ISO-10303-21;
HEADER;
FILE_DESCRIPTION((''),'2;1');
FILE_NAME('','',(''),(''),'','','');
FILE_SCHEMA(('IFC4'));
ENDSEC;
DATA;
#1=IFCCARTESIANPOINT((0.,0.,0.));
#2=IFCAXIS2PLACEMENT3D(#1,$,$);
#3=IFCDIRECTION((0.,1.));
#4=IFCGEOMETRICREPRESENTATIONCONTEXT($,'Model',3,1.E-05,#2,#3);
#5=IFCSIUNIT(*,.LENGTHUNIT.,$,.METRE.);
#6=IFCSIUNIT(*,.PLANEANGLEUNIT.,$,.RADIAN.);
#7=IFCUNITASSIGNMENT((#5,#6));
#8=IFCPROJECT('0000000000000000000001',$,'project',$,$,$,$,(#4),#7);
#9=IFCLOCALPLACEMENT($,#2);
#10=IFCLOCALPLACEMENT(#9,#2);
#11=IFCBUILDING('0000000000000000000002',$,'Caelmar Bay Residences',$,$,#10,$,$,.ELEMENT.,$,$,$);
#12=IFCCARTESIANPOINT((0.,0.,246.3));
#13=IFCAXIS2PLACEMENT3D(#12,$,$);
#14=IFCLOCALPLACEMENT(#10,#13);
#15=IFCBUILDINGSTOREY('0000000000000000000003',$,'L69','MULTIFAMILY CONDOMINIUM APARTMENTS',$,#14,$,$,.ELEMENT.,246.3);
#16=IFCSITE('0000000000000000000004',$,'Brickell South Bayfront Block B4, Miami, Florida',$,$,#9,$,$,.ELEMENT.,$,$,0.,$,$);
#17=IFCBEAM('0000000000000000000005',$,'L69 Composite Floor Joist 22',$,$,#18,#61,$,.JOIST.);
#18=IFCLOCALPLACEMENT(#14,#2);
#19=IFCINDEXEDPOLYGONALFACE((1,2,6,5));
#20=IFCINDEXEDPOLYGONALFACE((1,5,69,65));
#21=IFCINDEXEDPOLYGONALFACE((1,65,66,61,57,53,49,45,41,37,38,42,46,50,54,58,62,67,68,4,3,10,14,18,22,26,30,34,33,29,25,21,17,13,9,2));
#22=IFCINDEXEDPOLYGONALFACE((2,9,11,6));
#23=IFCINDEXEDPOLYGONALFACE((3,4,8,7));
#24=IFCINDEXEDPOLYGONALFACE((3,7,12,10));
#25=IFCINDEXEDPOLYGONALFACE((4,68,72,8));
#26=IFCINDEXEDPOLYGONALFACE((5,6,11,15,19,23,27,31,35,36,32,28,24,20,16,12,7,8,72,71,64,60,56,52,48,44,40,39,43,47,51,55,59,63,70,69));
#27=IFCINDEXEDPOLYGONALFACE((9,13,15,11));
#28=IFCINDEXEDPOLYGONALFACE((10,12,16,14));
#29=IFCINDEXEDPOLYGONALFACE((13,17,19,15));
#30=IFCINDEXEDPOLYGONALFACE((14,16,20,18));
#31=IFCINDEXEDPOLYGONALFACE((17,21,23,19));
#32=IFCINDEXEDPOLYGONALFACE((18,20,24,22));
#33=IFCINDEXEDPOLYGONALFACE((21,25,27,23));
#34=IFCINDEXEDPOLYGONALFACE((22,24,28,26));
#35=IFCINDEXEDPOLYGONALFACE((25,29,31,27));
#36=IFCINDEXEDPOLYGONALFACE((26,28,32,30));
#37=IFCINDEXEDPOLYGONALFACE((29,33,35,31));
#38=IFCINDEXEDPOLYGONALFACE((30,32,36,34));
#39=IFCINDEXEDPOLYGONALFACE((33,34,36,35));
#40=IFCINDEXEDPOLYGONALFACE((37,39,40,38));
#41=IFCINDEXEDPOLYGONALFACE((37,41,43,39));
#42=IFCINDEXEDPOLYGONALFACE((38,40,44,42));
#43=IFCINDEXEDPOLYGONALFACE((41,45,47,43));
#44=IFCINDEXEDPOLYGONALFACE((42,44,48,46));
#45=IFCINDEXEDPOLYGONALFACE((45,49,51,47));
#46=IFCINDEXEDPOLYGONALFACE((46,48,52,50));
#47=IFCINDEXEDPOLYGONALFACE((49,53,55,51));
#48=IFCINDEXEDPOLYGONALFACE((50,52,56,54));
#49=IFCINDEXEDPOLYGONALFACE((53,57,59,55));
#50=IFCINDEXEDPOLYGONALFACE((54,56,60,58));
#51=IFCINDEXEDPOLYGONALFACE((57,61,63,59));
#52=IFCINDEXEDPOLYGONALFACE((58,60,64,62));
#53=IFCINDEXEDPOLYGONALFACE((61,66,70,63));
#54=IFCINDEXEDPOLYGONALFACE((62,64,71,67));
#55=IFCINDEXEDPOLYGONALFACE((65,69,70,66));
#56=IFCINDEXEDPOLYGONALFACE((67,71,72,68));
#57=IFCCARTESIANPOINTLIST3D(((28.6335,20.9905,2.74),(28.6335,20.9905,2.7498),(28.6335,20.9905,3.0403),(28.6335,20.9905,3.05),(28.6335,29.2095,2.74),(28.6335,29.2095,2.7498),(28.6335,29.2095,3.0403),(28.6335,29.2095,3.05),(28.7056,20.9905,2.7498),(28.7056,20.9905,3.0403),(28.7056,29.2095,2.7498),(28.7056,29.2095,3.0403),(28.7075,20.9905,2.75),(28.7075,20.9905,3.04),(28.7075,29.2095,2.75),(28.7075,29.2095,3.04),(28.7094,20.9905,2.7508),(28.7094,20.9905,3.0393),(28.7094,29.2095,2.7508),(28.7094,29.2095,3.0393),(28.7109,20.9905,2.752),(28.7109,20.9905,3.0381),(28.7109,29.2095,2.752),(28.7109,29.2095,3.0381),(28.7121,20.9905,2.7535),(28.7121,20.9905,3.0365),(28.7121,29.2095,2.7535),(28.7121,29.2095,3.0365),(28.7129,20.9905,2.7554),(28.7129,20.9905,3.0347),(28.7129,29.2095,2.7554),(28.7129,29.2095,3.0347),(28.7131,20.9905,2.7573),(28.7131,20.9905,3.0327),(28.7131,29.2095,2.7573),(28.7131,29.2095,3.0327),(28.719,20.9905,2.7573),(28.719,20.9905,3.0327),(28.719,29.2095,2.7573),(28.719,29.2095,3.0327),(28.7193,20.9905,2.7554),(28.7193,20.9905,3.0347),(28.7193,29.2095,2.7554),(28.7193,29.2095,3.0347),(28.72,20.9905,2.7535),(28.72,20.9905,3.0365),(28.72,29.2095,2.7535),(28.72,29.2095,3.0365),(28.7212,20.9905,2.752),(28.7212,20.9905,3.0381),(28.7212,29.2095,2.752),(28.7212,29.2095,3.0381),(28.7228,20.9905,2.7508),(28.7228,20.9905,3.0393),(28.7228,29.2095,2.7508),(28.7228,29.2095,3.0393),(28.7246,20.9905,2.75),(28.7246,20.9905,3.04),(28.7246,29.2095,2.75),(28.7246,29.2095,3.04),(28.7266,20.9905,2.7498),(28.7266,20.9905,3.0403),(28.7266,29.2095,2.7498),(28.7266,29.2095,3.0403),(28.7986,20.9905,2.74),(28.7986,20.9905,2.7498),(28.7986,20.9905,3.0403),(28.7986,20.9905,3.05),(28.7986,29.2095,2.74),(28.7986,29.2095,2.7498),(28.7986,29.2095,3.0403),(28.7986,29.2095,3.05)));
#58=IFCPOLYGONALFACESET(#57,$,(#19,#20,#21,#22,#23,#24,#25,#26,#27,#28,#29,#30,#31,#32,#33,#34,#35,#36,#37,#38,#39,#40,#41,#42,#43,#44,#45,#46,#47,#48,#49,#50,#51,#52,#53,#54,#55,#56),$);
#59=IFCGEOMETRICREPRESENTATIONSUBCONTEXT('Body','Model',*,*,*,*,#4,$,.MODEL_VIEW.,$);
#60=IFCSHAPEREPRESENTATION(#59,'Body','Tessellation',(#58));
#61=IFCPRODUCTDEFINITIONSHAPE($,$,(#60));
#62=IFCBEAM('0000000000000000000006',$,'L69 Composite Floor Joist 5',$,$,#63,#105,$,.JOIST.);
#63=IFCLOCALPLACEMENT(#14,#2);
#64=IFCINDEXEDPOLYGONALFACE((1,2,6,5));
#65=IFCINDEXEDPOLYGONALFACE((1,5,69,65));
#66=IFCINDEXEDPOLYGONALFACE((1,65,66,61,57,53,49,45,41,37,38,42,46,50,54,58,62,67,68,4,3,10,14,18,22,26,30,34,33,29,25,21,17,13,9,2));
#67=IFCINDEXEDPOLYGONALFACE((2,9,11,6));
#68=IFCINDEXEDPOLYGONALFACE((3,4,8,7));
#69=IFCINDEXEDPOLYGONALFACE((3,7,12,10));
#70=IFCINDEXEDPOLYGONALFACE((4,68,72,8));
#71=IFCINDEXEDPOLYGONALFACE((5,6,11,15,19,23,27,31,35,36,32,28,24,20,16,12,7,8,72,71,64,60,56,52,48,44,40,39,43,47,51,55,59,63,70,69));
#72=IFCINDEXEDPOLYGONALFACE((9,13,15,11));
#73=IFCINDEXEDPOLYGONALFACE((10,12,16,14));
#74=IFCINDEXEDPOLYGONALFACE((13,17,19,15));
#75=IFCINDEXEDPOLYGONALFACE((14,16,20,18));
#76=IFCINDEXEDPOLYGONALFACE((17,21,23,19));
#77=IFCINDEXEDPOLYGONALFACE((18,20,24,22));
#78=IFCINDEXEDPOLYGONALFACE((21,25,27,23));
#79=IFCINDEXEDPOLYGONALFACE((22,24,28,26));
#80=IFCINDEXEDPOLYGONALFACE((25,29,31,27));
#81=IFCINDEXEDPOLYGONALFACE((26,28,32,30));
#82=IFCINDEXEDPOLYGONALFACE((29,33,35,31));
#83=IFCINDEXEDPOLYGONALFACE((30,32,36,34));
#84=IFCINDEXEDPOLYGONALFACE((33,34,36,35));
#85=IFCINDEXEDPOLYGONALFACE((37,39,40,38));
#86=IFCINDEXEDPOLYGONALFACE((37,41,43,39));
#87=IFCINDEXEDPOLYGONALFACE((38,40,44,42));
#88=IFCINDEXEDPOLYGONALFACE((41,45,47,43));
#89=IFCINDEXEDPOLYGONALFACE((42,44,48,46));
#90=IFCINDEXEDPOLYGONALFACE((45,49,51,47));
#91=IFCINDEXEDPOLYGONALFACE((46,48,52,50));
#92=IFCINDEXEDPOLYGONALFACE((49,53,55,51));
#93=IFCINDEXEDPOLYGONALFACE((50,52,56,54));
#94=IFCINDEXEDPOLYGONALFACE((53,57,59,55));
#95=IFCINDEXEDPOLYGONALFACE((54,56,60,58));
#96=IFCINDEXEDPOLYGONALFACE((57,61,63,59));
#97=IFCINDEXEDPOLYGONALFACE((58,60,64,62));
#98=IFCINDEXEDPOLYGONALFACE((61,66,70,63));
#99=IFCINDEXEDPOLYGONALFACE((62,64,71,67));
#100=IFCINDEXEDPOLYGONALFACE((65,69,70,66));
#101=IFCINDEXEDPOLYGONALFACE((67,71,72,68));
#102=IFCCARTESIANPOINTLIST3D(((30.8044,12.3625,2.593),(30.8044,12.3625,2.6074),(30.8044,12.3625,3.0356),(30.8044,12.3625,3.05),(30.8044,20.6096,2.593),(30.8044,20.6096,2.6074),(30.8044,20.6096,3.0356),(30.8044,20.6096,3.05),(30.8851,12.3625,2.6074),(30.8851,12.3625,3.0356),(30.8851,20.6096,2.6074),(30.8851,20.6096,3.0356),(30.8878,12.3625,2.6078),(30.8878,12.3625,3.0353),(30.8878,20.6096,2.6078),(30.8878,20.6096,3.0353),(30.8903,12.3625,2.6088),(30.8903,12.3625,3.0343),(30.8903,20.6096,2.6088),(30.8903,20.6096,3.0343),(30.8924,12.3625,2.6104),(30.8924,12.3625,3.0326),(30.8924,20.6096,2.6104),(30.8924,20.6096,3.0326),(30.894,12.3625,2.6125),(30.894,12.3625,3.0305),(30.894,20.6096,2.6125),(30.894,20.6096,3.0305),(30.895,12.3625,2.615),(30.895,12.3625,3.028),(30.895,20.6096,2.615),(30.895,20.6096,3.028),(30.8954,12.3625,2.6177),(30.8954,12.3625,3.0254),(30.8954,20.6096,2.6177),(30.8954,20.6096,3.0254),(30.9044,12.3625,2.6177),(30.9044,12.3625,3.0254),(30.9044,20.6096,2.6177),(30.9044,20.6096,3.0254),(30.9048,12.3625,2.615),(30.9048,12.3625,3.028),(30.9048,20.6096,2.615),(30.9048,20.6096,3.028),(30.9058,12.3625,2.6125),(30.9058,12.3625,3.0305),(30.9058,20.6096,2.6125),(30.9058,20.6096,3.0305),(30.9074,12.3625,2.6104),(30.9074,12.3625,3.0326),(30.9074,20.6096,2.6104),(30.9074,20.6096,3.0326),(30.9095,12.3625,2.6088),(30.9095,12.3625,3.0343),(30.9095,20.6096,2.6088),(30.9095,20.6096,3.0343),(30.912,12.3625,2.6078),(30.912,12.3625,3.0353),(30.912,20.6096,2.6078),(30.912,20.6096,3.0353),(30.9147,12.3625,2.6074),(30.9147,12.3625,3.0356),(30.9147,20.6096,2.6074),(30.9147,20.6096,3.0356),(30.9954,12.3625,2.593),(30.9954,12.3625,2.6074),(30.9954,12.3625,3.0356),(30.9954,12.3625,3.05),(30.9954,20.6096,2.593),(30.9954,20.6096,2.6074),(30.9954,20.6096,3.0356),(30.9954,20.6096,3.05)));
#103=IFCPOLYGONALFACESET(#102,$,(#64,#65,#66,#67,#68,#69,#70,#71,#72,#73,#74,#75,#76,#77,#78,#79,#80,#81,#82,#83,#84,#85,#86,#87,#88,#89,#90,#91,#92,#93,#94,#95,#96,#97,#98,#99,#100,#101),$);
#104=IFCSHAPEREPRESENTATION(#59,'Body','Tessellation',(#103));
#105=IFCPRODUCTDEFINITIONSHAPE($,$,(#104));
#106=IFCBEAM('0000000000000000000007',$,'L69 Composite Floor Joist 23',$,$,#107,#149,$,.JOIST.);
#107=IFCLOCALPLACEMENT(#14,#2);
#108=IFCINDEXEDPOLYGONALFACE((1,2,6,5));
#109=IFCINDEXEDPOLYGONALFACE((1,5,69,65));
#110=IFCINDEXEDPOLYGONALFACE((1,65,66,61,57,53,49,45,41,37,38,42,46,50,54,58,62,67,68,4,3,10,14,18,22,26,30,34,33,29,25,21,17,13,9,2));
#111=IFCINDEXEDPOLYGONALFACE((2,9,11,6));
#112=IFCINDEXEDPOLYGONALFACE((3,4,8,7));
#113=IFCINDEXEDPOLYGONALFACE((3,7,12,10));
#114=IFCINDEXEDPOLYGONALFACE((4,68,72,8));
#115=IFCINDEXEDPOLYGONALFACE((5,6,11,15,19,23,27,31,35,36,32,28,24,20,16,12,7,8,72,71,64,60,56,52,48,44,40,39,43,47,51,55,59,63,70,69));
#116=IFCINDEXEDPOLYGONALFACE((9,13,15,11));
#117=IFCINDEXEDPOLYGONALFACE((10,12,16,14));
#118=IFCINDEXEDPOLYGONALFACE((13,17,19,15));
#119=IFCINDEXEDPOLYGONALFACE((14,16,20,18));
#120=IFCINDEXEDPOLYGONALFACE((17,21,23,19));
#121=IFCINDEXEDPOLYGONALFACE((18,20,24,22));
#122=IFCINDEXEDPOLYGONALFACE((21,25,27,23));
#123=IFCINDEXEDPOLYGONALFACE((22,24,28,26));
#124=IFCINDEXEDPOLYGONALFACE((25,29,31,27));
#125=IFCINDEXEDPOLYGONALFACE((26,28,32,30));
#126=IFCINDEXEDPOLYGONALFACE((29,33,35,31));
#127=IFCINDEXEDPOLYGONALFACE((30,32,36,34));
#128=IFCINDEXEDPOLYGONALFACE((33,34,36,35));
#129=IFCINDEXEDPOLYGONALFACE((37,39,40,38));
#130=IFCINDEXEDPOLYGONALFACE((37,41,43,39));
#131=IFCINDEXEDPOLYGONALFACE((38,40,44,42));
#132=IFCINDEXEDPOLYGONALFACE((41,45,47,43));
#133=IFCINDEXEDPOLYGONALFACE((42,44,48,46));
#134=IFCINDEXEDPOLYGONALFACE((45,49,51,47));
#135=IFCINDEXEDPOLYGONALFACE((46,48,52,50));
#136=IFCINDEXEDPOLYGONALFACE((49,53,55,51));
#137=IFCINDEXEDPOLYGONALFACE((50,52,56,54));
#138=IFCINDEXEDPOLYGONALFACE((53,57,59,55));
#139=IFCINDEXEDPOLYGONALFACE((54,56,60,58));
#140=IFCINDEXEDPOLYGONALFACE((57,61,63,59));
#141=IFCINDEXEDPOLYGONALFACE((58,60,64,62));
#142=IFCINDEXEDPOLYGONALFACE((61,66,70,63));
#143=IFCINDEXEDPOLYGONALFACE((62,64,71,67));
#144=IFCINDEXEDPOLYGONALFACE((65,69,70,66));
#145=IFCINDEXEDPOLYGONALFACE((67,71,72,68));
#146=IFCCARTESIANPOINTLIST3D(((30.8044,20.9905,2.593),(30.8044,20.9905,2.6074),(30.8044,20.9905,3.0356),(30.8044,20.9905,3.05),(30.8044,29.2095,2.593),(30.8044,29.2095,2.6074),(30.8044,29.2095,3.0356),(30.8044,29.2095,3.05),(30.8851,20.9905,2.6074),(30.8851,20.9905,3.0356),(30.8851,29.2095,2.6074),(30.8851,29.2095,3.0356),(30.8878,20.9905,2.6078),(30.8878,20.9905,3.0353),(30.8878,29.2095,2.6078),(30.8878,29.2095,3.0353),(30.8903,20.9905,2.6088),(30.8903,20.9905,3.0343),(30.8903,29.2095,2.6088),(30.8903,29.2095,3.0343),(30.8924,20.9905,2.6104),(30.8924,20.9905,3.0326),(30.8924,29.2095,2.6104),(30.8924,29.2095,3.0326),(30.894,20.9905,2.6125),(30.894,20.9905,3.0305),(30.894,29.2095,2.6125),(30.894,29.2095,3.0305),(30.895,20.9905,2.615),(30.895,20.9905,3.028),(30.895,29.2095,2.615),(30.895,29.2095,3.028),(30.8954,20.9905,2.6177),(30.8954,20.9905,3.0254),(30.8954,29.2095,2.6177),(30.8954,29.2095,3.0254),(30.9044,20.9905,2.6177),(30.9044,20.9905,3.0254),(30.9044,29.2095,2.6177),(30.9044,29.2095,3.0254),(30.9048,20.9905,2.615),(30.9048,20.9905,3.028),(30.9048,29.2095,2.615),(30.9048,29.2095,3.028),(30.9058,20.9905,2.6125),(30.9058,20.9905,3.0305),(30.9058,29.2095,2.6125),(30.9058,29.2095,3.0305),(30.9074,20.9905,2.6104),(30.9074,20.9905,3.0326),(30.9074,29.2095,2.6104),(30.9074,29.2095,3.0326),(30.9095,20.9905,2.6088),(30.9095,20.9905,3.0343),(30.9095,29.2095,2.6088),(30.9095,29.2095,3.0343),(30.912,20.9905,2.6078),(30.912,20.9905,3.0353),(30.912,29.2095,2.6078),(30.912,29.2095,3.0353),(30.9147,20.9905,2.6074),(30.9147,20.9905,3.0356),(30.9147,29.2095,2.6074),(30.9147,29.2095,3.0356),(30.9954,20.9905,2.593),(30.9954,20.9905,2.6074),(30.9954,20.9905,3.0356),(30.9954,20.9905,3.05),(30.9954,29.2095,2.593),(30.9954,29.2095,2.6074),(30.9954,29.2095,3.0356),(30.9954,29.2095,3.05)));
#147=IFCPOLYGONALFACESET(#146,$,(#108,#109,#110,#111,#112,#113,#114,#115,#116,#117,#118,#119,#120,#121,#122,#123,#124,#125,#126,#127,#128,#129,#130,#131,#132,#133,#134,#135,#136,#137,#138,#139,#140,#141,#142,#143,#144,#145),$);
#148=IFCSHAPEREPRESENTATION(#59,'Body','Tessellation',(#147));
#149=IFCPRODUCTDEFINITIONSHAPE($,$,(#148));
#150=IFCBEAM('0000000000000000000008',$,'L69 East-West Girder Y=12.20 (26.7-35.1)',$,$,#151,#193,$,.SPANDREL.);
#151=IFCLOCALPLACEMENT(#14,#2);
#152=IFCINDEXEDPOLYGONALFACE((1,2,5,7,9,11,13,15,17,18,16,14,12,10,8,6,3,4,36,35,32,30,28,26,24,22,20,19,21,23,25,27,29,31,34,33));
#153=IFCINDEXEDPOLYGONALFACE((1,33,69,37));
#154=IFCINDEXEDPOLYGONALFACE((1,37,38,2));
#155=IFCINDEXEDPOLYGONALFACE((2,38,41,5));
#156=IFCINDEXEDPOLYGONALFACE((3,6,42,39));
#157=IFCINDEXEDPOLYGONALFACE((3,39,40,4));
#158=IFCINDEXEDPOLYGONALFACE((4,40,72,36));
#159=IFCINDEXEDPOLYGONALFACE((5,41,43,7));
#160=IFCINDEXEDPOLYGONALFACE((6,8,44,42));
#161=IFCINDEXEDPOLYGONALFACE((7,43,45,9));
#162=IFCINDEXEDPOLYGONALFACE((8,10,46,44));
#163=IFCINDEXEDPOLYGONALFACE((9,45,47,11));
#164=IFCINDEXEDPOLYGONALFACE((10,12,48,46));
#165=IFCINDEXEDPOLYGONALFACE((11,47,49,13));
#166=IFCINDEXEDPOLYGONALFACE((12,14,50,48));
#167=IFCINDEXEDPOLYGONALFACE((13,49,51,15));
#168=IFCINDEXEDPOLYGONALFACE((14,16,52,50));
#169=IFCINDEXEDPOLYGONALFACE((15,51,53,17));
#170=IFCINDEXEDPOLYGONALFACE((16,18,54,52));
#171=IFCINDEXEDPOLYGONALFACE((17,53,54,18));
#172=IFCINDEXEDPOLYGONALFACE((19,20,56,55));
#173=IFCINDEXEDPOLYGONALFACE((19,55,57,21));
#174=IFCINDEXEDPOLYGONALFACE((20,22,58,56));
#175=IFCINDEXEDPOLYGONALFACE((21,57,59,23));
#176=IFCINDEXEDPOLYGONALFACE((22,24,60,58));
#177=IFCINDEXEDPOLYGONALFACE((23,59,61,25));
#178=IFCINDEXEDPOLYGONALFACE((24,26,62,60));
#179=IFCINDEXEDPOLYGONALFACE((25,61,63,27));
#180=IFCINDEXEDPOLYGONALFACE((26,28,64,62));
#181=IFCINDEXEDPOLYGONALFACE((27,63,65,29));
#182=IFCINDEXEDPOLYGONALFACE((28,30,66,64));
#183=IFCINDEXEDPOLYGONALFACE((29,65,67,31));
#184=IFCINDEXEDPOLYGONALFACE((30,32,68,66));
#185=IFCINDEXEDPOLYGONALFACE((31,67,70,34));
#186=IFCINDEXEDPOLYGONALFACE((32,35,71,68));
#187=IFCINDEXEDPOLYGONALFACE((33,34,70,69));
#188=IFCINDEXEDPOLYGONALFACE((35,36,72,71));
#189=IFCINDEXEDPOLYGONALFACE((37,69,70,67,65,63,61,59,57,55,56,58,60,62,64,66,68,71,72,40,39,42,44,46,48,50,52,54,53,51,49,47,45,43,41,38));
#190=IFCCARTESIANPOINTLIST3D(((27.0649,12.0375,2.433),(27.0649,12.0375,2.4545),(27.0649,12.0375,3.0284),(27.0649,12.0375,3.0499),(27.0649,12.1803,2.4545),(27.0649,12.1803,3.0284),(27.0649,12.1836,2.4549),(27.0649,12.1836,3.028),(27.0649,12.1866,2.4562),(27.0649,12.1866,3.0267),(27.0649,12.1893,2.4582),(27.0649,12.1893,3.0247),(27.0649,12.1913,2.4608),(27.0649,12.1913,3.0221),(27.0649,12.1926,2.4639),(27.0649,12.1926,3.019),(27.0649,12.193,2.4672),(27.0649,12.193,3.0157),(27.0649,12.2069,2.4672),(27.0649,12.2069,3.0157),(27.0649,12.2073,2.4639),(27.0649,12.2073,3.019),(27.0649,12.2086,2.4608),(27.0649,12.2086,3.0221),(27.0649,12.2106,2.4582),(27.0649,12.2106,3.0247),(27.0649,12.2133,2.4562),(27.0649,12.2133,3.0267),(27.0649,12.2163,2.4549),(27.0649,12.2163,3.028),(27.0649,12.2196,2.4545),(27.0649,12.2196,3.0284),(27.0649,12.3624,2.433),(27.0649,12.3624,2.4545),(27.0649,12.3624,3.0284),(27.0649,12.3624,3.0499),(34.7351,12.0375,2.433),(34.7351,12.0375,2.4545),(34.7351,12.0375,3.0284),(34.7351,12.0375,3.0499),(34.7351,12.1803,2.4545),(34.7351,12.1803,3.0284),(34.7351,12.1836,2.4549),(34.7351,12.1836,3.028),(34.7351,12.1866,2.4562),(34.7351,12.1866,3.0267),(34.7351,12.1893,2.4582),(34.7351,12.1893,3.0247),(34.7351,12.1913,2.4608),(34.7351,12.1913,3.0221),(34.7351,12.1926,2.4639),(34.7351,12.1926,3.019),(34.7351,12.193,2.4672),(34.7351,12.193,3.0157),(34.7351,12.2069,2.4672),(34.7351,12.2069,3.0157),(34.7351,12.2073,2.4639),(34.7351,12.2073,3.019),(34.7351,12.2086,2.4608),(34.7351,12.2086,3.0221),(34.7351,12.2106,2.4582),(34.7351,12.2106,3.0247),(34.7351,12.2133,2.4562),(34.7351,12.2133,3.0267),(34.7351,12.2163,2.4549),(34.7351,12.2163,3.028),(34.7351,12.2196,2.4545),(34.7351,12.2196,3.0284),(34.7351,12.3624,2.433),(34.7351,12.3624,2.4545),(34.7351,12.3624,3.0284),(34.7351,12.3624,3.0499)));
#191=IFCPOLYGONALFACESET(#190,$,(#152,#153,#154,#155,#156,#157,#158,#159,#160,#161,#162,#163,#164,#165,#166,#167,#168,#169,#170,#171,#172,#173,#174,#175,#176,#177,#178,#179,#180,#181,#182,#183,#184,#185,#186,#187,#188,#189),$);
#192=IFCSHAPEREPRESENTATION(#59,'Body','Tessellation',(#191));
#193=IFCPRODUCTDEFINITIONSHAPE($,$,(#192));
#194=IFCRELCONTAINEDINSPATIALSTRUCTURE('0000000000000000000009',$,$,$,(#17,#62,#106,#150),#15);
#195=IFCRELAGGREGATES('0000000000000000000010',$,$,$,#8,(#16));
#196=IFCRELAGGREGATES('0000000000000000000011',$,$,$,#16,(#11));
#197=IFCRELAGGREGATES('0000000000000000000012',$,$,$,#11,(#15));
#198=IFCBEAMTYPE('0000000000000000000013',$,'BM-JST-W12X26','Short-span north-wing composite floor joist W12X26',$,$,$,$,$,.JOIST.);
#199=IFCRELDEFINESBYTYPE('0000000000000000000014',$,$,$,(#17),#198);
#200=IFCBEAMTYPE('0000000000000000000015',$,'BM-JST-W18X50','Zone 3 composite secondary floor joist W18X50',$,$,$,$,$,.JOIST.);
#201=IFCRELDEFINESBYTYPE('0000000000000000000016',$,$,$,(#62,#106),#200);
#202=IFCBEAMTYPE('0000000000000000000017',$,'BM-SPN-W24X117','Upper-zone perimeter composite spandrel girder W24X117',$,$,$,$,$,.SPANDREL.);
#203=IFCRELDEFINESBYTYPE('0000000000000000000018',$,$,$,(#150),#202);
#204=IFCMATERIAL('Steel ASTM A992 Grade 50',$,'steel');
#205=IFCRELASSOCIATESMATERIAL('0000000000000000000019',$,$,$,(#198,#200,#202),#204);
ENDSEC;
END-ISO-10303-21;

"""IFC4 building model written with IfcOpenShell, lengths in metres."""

from ifc_helpers import new_model, si_unit, direction, frame, origin, origin_2d, place, context, subcontext, project, spatial, i_section, extrude, material, material_profile, profile_set, type_object, element, save


model = new_model("IFC4")

# Units and contexts
model_context = context("Model", 3, precision=1e-05, world=origin(), true_north=direction((0.0, 1.0)))
body_context = subcontext(model_context, "Body", "Model", "MODEL_VIEW")
ifc_project = project(units=[si_unit("LENGTHUNIT", "METRE"), si_unit("PLANEANGLEUNIT", "RADIAN")], contexts=[model_context])

# Site, building, storey
site_placement = place(None, origin())
site = spatial("IfcSite", under=ifc_project, at=site_placement, Name="Brickell South Bayfront Block B4, Miami, Florida", CompositionType="ELEMENT", RefElevation=0.0)
building_placement = place(site_placement, origin())
building = spatial("IfcBuilding", under=site, at=building_placement, Name="Caelmar Bay Residences", CompositionType="ELEMENT")
storey_placement = place(building_placement, frame((0.0, 0.0, 246.3)))
storey = spatial("IfcBuildingStorey", under=building, at=storey_placement, Name="L69", Description="MULTIFAMILY CONDOMINIUM APARTMENTS", CompositionType="ELEMENT", Elevation=246.3)

# Beams
ifc_material_1 = material(Name="Steel ASTM A992 Grade 50", Category="steel")
ifc_material_profile_1 = material_profile(ifc_material_1, i_section(OverallWidth=0.165, OverallDepth=0.3101, WebThickness=0.0059, FlangeThickness=0.0098, FilletRadius=0.0076, at=origin_2d()), Name="W12X26")
ifc_profile_set_1 = profile_set([ifc_material_profile_1], Name="Steel ASTM A992 Grade 50")
beam_type_1 = type_object("IfcBeamType", Name="BM-JST-W12X26", Description="Short-span north-wing composite floor joist W12X26", PredefinedType="JOIST", material=ifc_profile_set_1)
beam_1_placement = place(storey_placement, frame((28.7161, 20.9905, 2.895), z_axis=(0.0, 1.0, 0.0), x_axis=(-1.0, 0.0, 0.0)))
element("IfcBeam", 1, at=beam_1_placement, inside=storey, type_object=beam_type_1, Name="L69 Composite Floor Joist 22", PredefinedType="JOIST", context=body_context, shape_type="SweptSolid", body=[
    extrude(i_section(OverallWidth=0.165, OverallDepth=0.3101, WebThickness=0.0059, FlangeThickness=0.0098, FilletRadius=0.0076, at=origin_2d()), origin(), (0.0, 0.0, 1.0), 8.219),
])
ifc_material_profile_2 = material_profile(ifc_material_1, i_section(OverallWidth=0.1909, OverallDepth=0.457, WebThickness=0.009, FlangeThickness=0.0144, FilletRadius=0.0103, at=origin_2d()), Name="W18X50")
ifc_profile_set_2 = profile_set([ifc_material_profile_2], Name="Steel ASTM A992 Grade 50")
beam_type_2 = type_object("IfcBeamType", Name="BM-JST-W18X50", Description="Zone 3 composite secondary floor joist W18X50", PredefinedType="JOIST", material=ifc_profile_set_2)
beam_2_placement = place(storey_placement, frame((30.8999, 12.3625, 2.8215), z_axis=(0.0, 1.0, 0.0), x_axis=(-1.0, 0.0, 0.0)))
element("IfcBeam", 2, at=beam_2_placement, inside=storey, type_object=beam_type_2, Name="L69 Composite Floor Joist 5", PredefinedType="JOIST", context=body_context, shape_type="SweptSolid", body=[
    extrude(i_section(OverallWidth=0.1909, OverallDepth=0.457, WebThickness=0.009, FlangeThickness=0.0144, FilletRadius=0.0103, at=origin_2d()), origin(), (0.0, 0.0, 1.0), 8.2471),
])
beam_3_placement = place(storey_placement, frame((30.8999, 20.9905, 2.8215), z_axis=(0.0, 1.0, 0.0), x_axis=(-1.0, 0.0, 0.0)))
element("IfcBeam", 3, at=beam_3_placement, inside=storey, type_object=beam_type_2, Name="L69 Composite Floor Joist 23", PredefinedType="JOIST", context=body_context, shape_type="SweptSolid", body=[
    extrude(i_section(OverallWidth=0.1909, OverallDepth=0.457, WebThickness=0.009, FlangeThickness=0.0144, FilletRadius=0.0103, at=origin_2d()), origin(), (0.0, 0.0, 1.0), 8.219),
])
ifc_material_profile_3 = material_profile(ifc_material_1, i_section(OverallWidth=0.325, OverallDepth=0.6169, WebThickness=0.0139, FlangeThickness=0.0215, FilletRadius=0.0127, at=origin_2d()), Name="W24X117")
ifc_profile_set_3 = profile_set([ifc_material_profile_3], Name="Steel ASTM A992 Grade 50")
beam_type_3 = type_object("IfcBeamType", Name="BM-SPN-W24X117", Description="Upper-zone perimeter composite spandrel girder W24X117", PredefinedType="SPANDREL", material=ifc_profile_set_3)
beam_4_placement = place(storey_placement, frame((27.0649, 12.2, 2.7415), z_axis=(1.0, 0.0, 0.0), x_axis=(0.0, 1.0, 0.0)))
element("IfcBeam", 4, at=beam_4_placement, inside=storey, type_object=beam_type_3, Name="L69 East-West Girder Y=12.20 (26.7-35.1)", PredefinedType="SPANDREL", context=body_context, shape_type="SweptSolid", body=[
    extrude(i_section(OverallWidth=0.325, OverallDepth=0.6169, WebThickness=0.0139, FlangeThickness=0.0215, FilletRadius=0.0127, at=origin_2d()), origin(), (0.0, 0.0, 1.0), 7.6702),
])

save(model, "model.ifc")
